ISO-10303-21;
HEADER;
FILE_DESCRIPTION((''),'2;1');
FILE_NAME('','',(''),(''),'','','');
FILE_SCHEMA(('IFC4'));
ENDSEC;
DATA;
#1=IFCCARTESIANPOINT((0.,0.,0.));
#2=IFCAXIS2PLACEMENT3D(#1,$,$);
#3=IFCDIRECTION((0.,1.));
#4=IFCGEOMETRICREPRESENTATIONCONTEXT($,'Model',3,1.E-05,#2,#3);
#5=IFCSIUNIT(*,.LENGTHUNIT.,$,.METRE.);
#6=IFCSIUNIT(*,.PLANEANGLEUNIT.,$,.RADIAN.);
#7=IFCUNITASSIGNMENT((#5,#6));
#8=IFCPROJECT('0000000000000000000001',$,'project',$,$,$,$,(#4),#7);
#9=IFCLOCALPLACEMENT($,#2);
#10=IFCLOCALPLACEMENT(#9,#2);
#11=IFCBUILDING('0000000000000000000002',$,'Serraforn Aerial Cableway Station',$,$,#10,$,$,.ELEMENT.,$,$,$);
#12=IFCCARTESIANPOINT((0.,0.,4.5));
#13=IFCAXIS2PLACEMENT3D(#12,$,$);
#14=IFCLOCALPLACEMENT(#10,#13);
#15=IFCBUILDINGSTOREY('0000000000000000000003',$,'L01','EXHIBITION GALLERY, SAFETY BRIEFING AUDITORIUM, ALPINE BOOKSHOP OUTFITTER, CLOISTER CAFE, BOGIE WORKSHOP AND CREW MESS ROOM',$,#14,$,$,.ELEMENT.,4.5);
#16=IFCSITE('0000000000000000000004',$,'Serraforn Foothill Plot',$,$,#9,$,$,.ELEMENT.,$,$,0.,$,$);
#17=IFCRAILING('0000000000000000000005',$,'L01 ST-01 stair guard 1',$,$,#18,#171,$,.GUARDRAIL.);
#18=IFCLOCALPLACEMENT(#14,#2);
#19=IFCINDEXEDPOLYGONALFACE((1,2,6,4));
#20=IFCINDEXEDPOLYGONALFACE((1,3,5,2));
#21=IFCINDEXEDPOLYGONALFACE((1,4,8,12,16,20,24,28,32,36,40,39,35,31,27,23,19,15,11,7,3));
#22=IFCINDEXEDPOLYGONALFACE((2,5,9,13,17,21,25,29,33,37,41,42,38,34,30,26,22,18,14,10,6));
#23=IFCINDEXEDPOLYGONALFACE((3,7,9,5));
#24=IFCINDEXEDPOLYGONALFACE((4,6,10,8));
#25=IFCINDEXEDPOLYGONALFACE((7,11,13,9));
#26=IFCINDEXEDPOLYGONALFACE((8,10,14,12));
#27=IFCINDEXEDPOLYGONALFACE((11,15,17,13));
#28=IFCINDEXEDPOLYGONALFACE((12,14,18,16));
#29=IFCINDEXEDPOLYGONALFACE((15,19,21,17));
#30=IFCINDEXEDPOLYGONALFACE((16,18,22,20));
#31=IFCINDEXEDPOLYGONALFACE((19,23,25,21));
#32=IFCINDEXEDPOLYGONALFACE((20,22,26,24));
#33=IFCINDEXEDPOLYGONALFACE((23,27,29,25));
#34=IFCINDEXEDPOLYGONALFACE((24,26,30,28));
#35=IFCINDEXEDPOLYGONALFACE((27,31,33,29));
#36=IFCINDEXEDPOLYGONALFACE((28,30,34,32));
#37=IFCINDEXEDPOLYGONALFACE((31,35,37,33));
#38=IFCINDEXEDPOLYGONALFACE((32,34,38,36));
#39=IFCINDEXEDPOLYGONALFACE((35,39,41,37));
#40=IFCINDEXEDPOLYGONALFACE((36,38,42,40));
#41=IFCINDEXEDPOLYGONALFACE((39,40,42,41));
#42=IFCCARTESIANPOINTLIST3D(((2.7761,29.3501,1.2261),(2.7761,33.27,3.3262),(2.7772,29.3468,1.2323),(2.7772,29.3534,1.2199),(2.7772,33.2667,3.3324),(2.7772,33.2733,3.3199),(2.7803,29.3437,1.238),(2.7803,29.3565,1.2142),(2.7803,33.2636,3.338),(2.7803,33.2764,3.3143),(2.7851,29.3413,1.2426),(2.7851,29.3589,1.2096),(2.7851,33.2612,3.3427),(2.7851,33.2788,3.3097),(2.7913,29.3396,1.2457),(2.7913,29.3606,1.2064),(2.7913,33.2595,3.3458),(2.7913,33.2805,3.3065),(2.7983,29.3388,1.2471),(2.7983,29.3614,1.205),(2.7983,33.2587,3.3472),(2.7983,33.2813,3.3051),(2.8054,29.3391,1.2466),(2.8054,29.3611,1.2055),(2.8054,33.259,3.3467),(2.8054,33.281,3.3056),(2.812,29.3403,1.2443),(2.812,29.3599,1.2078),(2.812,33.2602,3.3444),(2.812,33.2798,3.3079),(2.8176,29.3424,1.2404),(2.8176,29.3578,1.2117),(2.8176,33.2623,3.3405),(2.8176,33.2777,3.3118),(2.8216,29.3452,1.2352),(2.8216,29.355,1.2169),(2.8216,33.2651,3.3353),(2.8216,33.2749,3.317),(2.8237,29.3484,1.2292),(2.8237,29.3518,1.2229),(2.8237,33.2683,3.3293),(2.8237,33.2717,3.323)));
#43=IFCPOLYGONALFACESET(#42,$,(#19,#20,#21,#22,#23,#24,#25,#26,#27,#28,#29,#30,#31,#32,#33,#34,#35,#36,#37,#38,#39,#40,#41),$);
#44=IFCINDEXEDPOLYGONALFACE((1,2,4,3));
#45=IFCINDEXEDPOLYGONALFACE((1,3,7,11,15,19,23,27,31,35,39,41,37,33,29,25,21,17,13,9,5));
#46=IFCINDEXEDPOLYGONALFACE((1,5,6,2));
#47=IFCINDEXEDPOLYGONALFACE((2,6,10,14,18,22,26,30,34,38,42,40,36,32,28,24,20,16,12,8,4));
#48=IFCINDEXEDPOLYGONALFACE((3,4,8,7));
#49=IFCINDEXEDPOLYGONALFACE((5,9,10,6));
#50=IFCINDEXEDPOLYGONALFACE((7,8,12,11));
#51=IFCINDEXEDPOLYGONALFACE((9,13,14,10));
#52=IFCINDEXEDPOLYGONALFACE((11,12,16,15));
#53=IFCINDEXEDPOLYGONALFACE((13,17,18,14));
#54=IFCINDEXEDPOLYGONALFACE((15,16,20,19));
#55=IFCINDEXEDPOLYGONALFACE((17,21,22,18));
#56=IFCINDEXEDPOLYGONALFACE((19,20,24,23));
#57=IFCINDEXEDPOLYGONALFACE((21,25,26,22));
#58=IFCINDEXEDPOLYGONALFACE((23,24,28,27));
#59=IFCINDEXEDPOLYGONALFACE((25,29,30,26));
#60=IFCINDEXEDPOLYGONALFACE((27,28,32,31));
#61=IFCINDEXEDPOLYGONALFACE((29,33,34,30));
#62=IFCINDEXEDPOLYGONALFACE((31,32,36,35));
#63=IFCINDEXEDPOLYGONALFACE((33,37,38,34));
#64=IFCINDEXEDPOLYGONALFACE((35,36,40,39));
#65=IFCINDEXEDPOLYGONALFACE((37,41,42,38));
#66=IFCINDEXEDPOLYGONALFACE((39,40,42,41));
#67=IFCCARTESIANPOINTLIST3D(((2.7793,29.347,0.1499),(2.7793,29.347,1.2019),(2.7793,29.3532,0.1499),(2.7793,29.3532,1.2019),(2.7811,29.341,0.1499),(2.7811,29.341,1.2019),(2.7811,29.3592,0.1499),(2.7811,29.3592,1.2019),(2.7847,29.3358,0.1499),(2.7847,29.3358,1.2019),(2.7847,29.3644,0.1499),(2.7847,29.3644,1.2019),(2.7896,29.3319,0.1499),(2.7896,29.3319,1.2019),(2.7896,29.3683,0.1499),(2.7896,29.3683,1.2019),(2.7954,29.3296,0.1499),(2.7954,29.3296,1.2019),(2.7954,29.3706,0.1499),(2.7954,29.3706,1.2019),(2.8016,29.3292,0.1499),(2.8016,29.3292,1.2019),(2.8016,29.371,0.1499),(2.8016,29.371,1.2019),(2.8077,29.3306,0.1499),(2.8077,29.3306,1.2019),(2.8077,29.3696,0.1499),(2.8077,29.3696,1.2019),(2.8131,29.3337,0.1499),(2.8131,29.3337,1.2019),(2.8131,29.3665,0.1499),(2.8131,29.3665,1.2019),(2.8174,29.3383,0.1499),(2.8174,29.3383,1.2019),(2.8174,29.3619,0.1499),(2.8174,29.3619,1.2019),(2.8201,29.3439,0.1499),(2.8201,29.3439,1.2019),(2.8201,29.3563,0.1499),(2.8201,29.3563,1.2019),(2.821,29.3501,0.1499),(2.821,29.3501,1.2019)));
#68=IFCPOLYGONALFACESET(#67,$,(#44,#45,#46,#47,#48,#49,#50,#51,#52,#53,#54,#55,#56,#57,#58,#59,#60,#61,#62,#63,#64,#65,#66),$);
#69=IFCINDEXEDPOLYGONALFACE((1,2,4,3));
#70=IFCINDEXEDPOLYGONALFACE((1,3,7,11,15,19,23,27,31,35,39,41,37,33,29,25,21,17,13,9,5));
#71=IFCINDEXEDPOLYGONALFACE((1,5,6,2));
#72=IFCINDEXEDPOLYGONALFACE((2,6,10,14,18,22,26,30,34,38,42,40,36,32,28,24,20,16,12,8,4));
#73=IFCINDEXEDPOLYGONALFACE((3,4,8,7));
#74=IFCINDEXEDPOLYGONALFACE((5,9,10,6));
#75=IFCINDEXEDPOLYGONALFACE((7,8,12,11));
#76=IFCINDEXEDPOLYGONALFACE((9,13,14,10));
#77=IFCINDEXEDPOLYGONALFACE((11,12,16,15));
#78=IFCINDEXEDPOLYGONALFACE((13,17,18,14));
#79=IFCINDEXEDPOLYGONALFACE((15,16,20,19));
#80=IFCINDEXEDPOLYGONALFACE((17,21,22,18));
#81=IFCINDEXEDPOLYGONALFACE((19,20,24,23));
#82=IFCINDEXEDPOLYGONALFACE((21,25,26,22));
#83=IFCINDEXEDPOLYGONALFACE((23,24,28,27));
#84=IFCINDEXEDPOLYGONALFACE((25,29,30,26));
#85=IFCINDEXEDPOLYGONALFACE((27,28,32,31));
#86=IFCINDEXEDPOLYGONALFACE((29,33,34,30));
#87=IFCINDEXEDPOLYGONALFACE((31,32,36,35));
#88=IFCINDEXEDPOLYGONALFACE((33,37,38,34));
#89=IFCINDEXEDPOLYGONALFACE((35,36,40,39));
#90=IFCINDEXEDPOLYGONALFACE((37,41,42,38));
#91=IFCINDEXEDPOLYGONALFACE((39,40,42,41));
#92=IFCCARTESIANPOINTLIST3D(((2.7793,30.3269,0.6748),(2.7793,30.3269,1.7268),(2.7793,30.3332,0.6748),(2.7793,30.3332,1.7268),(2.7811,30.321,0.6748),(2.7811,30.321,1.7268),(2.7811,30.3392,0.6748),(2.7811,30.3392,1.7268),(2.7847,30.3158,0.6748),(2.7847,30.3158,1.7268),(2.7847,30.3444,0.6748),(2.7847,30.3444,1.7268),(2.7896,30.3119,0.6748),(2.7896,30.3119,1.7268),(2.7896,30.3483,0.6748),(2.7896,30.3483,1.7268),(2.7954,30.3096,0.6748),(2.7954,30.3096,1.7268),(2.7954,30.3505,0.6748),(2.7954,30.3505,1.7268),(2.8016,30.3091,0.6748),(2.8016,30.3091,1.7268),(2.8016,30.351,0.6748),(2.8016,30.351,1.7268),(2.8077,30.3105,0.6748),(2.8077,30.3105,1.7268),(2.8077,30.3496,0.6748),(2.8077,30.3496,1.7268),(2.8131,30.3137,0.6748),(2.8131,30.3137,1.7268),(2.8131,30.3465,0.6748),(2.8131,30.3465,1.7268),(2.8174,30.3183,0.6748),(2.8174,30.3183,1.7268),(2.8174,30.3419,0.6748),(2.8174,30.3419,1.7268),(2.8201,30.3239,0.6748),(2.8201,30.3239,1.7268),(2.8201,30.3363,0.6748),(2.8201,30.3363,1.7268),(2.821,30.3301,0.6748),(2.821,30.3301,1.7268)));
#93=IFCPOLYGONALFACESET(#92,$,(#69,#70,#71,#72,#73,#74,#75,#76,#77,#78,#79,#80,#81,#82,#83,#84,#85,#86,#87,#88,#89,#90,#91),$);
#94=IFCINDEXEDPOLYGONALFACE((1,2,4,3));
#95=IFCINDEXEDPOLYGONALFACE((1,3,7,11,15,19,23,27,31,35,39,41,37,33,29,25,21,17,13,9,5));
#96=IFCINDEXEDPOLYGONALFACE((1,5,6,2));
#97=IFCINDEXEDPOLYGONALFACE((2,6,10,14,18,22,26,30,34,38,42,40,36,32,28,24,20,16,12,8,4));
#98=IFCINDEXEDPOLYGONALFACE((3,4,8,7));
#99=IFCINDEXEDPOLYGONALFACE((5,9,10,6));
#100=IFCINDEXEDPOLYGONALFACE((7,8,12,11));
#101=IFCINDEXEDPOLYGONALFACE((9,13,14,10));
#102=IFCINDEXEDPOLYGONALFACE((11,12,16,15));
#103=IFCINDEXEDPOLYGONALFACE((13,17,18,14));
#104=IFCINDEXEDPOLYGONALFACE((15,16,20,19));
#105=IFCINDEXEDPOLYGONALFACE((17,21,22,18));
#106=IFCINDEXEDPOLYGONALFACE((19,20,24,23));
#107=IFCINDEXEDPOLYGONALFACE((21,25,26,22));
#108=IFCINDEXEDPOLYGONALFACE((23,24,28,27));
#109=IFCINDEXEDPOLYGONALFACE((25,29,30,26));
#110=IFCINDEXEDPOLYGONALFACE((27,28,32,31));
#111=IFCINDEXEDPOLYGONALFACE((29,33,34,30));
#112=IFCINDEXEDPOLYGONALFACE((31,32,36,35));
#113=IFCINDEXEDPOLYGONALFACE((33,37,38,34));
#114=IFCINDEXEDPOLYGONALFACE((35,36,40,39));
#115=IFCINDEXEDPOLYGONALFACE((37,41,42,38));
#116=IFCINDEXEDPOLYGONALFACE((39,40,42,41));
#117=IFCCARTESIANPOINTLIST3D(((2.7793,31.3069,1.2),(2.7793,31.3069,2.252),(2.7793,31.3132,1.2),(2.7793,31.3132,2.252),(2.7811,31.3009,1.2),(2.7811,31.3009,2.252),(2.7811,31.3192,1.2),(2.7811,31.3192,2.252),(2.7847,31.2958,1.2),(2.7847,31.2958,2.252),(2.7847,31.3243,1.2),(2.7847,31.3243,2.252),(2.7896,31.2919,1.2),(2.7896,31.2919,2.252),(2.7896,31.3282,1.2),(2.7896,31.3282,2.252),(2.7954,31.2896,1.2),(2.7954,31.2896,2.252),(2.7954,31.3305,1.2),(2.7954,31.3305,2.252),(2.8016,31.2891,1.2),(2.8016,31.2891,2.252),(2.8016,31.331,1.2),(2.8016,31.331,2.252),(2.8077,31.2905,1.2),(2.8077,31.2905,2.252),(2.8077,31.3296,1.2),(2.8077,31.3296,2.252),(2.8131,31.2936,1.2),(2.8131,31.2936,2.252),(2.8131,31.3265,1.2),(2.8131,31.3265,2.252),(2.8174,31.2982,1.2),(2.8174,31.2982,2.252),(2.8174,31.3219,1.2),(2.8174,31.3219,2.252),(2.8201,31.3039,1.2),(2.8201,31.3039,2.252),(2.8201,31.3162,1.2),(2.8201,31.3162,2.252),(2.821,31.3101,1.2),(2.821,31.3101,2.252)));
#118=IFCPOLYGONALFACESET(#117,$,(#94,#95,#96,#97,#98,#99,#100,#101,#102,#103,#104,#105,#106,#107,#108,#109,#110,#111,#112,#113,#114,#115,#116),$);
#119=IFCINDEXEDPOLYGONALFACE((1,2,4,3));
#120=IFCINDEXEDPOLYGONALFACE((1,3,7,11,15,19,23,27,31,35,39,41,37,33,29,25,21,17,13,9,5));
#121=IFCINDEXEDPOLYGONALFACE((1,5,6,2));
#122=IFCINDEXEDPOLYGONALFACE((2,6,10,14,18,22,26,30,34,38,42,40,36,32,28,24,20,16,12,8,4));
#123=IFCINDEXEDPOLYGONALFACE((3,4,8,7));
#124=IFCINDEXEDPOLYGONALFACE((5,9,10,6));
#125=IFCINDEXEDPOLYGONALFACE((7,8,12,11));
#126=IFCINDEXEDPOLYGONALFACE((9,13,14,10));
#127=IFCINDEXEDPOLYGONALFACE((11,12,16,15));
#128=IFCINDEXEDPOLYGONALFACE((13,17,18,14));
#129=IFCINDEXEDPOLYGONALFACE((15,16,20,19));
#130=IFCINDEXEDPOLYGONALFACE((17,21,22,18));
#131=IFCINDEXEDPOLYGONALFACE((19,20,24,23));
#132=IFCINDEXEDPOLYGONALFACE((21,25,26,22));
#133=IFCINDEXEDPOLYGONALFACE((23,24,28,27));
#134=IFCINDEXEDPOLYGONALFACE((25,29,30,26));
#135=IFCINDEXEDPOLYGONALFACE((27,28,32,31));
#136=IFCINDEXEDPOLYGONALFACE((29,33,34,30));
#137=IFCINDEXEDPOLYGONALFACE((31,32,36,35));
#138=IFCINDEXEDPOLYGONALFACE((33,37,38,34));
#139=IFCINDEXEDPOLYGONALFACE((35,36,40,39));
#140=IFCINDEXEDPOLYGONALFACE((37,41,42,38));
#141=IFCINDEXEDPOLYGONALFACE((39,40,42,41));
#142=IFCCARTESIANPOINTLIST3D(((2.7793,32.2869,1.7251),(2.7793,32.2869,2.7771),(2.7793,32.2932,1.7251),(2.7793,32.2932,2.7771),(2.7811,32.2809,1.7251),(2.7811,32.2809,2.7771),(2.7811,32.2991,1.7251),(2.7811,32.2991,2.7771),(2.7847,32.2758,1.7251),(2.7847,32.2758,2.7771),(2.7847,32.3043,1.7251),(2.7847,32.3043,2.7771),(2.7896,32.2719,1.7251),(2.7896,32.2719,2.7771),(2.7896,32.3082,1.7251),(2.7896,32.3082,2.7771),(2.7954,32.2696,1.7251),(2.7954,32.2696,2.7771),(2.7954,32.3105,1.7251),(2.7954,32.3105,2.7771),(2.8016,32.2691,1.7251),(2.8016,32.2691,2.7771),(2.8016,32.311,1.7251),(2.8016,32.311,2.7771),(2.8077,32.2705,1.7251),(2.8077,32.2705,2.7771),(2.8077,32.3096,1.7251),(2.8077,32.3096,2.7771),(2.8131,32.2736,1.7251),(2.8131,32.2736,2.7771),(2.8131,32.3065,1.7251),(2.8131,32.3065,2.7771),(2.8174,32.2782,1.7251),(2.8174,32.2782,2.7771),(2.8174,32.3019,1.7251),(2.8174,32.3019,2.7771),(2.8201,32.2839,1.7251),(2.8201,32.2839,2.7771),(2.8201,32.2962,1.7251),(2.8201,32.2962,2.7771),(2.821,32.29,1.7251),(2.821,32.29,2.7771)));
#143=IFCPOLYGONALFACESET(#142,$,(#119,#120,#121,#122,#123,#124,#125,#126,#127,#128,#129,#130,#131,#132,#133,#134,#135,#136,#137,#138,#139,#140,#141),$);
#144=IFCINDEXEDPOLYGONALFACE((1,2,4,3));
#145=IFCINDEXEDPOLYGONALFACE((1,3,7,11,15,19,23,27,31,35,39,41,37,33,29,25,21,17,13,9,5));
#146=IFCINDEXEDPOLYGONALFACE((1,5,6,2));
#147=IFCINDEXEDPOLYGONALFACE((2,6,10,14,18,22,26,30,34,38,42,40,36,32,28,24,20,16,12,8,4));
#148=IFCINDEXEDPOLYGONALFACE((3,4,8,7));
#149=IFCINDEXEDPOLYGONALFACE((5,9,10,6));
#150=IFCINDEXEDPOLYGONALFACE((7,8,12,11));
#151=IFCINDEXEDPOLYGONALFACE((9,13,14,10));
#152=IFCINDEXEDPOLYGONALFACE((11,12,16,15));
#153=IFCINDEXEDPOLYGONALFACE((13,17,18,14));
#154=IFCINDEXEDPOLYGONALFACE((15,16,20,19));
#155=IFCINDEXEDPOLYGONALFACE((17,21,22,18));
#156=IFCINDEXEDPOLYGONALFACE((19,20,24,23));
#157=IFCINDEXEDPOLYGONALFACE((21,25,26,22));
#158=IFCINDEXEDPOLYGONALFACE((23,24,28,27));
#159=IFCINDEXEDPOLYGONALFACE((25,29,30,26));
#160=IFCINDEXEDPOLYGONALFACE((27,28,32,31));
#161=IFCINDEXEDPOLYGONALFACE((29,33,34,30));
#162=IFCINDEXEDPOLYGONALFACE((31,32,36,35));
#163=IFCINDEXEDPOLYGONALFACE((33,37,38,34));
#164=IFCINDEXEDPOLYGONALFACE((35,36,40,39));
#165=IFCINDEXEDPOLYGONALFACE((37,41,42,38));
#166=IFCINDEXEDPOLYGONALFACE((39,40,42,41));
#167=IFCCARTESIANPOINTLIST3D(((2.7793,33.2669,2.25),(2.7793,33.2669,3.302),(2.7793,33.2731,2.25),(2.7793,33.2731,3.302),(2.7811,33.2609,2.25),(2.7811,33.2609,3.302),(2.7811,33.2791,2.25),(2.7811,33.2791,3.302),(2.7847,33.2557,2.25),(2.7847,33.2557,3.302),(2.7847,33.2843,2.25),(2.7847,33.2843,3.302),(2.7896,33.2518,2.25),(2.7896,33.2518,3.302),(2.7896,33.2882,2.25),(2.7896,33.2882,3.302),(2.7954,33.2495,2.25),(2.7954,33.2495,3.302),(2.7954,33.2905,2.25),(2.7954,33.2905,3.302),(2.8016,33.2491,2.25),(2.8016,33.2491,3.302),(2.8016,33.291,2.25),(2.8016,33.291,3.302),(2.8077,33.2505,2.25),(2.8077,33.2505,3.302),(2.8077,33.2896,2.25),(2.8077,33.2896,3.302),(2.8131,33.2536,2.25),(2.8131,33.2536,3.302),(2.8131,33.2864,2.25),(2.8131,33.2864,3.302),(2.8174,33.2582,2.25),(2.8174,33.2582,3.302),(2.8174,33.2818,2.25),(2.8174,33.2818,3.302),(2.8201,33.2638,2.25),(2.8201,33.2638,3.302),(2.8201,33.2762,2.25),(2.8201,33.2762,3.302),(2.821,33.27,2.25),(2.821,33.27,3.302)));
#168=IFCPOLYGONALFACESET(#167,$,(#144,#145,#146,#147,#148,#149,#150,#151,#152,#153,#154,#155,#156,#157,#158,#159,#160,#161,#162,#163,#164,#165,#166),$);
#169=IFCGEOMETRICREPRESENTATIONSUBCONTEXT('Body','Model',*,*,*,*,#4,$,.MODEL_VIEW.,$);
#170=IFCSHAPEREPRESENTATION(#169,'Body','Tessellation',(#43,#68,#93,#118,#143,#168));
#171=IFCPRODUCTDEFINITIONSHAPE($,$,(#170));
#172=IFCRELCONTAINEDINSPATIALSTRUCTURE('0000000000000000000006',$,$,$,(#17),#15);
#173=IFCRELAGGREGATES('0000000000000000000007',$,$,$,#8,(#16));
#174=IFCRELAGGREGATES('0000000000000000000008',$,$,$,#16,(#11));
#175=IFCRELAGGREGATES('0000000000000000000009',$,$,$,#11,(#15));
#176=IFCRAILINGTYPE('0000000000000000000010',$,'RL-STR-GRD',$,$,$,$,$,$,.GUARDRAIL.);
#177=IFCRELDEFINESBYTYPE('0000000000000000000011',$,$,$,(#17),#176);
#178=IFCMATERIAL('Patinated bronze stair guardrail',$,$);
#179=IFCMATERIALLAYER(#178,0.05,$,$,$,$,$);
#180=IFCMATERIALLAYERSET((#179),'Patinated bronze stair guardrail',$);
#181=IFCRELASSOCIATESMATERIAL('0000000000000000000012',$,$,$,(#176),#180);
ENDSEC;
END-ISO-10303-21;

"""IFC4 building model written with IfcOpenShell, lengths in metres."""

from ifc_helpers import new_model, si_unit, direction, frame, origin, origin_2d, place, context, subcontext, project, spatial, circle, extrude, material, layer, layer_set, type_object, element, save


model = new_model("IFC4")

# Units and contexts
model_context = context("Model", 3, precision=1e-05, world=origin(), true_north=direction((0.0, 1.0)))
body_context = subcontext(model_context, "Body", "Model", "MODEL_VIEW")
ifc_project = project(units=[si_unit("LENGTHUNIT", "METRE"), si_unit("PLANEANGLEUNIT", "RADIAN")], contexts=[model_context])

# Site, building, storey
site_placement = place(None, origin())
site = spatial("IfcSite", under=ifc_project, at=site_placement, Name="Serraforn Foothill Plot", CompositionType="ELEMENT", RefElevation=0.0)
building_placement = place(site_placement, origin())
building = spatial("IfcBuilding", under=site, at=building_placement, Name="Serraforn Aerial Cableway Station", CompositionType="ELEMENT")
storey_placement = place(building_placement, frame((0.0, 0.0, 4.5)))
storey = spatial("IfcBuildingStorey", under=building, at=storey_placement, Name="L01", Description="EXHIBITION GALLERY, SAFETY BRIEFING AUDITORIUM, ALPINE BOOKSHOP OUTFITTER, CLOISTER CAFE, BOGIE WORKSHOP AND CREW MESS ROOM", CompositionType="ELEMENT", Elevation=4.5)

# Railing
ifc_material_1 = material(Name="Patinated bronze stair guardrail")
ifc_layer_1 = layer(ifc_material_1, 0.05)
ifc_layer_set_1 = layer_set([ifc_layer_1], Name="Patinated bronze stair guardrail")
railing_type_1 = type_object("IfcRailingType", Name="RL-STR-GRD", PredefinedType="GUARDRAIL", material=ifc_layer_set_1)
railing_1_placement = place(storey_placement, frame((2.8, 29.3501, 0.1499)))
element("IfcRailing", 1, at=railing_1_placement, inside=storey, type_object=railing_type_1, Name="L01 ST-01 stair guard 1", PredefinedType="GUARDRAIL", context=body_context, shape_type="SweptSolid", body=[
    extrude(circle(Radius=0.0239, at=origin_2d()), frame((0.0, 0.0, 1.0762), z_axis=(0.0, 0.881467, 0.472246), x_axis=(-1.0, 0.0, 0.0)), (0.0, 0.0, 1.0), 4.447),
    extrude(circle(Radius=0.021, at=origin_2d()), origin(), (0.0, 0.0, 1.0), 1.052),
    extrude(circle(Radius=0.021, at=origin_2d()), frame((0.0, 0.98, 0.5249)), (0.0, 0.0, 1.0), 1.052),
    extrude(circle(Radius=0.021, at=origin_2d()), frame((0.0, 1.96, 1.05)), (0.0, 0.0, 1.0), 1.052),
    extrude(circle(Radius=0.021, at=origin_2d()), frame((0.0, 2.9399, 1.5752)), (0.0, 0.0, 1.0), 1.052),
    extrude(circle(Radius=0.021, at=origin_2d()), frame((0.0, 3.9199, 2.1001)), (0.0, 0.0, 1.0), 1.052),
])

save(model, "model.ifc")
